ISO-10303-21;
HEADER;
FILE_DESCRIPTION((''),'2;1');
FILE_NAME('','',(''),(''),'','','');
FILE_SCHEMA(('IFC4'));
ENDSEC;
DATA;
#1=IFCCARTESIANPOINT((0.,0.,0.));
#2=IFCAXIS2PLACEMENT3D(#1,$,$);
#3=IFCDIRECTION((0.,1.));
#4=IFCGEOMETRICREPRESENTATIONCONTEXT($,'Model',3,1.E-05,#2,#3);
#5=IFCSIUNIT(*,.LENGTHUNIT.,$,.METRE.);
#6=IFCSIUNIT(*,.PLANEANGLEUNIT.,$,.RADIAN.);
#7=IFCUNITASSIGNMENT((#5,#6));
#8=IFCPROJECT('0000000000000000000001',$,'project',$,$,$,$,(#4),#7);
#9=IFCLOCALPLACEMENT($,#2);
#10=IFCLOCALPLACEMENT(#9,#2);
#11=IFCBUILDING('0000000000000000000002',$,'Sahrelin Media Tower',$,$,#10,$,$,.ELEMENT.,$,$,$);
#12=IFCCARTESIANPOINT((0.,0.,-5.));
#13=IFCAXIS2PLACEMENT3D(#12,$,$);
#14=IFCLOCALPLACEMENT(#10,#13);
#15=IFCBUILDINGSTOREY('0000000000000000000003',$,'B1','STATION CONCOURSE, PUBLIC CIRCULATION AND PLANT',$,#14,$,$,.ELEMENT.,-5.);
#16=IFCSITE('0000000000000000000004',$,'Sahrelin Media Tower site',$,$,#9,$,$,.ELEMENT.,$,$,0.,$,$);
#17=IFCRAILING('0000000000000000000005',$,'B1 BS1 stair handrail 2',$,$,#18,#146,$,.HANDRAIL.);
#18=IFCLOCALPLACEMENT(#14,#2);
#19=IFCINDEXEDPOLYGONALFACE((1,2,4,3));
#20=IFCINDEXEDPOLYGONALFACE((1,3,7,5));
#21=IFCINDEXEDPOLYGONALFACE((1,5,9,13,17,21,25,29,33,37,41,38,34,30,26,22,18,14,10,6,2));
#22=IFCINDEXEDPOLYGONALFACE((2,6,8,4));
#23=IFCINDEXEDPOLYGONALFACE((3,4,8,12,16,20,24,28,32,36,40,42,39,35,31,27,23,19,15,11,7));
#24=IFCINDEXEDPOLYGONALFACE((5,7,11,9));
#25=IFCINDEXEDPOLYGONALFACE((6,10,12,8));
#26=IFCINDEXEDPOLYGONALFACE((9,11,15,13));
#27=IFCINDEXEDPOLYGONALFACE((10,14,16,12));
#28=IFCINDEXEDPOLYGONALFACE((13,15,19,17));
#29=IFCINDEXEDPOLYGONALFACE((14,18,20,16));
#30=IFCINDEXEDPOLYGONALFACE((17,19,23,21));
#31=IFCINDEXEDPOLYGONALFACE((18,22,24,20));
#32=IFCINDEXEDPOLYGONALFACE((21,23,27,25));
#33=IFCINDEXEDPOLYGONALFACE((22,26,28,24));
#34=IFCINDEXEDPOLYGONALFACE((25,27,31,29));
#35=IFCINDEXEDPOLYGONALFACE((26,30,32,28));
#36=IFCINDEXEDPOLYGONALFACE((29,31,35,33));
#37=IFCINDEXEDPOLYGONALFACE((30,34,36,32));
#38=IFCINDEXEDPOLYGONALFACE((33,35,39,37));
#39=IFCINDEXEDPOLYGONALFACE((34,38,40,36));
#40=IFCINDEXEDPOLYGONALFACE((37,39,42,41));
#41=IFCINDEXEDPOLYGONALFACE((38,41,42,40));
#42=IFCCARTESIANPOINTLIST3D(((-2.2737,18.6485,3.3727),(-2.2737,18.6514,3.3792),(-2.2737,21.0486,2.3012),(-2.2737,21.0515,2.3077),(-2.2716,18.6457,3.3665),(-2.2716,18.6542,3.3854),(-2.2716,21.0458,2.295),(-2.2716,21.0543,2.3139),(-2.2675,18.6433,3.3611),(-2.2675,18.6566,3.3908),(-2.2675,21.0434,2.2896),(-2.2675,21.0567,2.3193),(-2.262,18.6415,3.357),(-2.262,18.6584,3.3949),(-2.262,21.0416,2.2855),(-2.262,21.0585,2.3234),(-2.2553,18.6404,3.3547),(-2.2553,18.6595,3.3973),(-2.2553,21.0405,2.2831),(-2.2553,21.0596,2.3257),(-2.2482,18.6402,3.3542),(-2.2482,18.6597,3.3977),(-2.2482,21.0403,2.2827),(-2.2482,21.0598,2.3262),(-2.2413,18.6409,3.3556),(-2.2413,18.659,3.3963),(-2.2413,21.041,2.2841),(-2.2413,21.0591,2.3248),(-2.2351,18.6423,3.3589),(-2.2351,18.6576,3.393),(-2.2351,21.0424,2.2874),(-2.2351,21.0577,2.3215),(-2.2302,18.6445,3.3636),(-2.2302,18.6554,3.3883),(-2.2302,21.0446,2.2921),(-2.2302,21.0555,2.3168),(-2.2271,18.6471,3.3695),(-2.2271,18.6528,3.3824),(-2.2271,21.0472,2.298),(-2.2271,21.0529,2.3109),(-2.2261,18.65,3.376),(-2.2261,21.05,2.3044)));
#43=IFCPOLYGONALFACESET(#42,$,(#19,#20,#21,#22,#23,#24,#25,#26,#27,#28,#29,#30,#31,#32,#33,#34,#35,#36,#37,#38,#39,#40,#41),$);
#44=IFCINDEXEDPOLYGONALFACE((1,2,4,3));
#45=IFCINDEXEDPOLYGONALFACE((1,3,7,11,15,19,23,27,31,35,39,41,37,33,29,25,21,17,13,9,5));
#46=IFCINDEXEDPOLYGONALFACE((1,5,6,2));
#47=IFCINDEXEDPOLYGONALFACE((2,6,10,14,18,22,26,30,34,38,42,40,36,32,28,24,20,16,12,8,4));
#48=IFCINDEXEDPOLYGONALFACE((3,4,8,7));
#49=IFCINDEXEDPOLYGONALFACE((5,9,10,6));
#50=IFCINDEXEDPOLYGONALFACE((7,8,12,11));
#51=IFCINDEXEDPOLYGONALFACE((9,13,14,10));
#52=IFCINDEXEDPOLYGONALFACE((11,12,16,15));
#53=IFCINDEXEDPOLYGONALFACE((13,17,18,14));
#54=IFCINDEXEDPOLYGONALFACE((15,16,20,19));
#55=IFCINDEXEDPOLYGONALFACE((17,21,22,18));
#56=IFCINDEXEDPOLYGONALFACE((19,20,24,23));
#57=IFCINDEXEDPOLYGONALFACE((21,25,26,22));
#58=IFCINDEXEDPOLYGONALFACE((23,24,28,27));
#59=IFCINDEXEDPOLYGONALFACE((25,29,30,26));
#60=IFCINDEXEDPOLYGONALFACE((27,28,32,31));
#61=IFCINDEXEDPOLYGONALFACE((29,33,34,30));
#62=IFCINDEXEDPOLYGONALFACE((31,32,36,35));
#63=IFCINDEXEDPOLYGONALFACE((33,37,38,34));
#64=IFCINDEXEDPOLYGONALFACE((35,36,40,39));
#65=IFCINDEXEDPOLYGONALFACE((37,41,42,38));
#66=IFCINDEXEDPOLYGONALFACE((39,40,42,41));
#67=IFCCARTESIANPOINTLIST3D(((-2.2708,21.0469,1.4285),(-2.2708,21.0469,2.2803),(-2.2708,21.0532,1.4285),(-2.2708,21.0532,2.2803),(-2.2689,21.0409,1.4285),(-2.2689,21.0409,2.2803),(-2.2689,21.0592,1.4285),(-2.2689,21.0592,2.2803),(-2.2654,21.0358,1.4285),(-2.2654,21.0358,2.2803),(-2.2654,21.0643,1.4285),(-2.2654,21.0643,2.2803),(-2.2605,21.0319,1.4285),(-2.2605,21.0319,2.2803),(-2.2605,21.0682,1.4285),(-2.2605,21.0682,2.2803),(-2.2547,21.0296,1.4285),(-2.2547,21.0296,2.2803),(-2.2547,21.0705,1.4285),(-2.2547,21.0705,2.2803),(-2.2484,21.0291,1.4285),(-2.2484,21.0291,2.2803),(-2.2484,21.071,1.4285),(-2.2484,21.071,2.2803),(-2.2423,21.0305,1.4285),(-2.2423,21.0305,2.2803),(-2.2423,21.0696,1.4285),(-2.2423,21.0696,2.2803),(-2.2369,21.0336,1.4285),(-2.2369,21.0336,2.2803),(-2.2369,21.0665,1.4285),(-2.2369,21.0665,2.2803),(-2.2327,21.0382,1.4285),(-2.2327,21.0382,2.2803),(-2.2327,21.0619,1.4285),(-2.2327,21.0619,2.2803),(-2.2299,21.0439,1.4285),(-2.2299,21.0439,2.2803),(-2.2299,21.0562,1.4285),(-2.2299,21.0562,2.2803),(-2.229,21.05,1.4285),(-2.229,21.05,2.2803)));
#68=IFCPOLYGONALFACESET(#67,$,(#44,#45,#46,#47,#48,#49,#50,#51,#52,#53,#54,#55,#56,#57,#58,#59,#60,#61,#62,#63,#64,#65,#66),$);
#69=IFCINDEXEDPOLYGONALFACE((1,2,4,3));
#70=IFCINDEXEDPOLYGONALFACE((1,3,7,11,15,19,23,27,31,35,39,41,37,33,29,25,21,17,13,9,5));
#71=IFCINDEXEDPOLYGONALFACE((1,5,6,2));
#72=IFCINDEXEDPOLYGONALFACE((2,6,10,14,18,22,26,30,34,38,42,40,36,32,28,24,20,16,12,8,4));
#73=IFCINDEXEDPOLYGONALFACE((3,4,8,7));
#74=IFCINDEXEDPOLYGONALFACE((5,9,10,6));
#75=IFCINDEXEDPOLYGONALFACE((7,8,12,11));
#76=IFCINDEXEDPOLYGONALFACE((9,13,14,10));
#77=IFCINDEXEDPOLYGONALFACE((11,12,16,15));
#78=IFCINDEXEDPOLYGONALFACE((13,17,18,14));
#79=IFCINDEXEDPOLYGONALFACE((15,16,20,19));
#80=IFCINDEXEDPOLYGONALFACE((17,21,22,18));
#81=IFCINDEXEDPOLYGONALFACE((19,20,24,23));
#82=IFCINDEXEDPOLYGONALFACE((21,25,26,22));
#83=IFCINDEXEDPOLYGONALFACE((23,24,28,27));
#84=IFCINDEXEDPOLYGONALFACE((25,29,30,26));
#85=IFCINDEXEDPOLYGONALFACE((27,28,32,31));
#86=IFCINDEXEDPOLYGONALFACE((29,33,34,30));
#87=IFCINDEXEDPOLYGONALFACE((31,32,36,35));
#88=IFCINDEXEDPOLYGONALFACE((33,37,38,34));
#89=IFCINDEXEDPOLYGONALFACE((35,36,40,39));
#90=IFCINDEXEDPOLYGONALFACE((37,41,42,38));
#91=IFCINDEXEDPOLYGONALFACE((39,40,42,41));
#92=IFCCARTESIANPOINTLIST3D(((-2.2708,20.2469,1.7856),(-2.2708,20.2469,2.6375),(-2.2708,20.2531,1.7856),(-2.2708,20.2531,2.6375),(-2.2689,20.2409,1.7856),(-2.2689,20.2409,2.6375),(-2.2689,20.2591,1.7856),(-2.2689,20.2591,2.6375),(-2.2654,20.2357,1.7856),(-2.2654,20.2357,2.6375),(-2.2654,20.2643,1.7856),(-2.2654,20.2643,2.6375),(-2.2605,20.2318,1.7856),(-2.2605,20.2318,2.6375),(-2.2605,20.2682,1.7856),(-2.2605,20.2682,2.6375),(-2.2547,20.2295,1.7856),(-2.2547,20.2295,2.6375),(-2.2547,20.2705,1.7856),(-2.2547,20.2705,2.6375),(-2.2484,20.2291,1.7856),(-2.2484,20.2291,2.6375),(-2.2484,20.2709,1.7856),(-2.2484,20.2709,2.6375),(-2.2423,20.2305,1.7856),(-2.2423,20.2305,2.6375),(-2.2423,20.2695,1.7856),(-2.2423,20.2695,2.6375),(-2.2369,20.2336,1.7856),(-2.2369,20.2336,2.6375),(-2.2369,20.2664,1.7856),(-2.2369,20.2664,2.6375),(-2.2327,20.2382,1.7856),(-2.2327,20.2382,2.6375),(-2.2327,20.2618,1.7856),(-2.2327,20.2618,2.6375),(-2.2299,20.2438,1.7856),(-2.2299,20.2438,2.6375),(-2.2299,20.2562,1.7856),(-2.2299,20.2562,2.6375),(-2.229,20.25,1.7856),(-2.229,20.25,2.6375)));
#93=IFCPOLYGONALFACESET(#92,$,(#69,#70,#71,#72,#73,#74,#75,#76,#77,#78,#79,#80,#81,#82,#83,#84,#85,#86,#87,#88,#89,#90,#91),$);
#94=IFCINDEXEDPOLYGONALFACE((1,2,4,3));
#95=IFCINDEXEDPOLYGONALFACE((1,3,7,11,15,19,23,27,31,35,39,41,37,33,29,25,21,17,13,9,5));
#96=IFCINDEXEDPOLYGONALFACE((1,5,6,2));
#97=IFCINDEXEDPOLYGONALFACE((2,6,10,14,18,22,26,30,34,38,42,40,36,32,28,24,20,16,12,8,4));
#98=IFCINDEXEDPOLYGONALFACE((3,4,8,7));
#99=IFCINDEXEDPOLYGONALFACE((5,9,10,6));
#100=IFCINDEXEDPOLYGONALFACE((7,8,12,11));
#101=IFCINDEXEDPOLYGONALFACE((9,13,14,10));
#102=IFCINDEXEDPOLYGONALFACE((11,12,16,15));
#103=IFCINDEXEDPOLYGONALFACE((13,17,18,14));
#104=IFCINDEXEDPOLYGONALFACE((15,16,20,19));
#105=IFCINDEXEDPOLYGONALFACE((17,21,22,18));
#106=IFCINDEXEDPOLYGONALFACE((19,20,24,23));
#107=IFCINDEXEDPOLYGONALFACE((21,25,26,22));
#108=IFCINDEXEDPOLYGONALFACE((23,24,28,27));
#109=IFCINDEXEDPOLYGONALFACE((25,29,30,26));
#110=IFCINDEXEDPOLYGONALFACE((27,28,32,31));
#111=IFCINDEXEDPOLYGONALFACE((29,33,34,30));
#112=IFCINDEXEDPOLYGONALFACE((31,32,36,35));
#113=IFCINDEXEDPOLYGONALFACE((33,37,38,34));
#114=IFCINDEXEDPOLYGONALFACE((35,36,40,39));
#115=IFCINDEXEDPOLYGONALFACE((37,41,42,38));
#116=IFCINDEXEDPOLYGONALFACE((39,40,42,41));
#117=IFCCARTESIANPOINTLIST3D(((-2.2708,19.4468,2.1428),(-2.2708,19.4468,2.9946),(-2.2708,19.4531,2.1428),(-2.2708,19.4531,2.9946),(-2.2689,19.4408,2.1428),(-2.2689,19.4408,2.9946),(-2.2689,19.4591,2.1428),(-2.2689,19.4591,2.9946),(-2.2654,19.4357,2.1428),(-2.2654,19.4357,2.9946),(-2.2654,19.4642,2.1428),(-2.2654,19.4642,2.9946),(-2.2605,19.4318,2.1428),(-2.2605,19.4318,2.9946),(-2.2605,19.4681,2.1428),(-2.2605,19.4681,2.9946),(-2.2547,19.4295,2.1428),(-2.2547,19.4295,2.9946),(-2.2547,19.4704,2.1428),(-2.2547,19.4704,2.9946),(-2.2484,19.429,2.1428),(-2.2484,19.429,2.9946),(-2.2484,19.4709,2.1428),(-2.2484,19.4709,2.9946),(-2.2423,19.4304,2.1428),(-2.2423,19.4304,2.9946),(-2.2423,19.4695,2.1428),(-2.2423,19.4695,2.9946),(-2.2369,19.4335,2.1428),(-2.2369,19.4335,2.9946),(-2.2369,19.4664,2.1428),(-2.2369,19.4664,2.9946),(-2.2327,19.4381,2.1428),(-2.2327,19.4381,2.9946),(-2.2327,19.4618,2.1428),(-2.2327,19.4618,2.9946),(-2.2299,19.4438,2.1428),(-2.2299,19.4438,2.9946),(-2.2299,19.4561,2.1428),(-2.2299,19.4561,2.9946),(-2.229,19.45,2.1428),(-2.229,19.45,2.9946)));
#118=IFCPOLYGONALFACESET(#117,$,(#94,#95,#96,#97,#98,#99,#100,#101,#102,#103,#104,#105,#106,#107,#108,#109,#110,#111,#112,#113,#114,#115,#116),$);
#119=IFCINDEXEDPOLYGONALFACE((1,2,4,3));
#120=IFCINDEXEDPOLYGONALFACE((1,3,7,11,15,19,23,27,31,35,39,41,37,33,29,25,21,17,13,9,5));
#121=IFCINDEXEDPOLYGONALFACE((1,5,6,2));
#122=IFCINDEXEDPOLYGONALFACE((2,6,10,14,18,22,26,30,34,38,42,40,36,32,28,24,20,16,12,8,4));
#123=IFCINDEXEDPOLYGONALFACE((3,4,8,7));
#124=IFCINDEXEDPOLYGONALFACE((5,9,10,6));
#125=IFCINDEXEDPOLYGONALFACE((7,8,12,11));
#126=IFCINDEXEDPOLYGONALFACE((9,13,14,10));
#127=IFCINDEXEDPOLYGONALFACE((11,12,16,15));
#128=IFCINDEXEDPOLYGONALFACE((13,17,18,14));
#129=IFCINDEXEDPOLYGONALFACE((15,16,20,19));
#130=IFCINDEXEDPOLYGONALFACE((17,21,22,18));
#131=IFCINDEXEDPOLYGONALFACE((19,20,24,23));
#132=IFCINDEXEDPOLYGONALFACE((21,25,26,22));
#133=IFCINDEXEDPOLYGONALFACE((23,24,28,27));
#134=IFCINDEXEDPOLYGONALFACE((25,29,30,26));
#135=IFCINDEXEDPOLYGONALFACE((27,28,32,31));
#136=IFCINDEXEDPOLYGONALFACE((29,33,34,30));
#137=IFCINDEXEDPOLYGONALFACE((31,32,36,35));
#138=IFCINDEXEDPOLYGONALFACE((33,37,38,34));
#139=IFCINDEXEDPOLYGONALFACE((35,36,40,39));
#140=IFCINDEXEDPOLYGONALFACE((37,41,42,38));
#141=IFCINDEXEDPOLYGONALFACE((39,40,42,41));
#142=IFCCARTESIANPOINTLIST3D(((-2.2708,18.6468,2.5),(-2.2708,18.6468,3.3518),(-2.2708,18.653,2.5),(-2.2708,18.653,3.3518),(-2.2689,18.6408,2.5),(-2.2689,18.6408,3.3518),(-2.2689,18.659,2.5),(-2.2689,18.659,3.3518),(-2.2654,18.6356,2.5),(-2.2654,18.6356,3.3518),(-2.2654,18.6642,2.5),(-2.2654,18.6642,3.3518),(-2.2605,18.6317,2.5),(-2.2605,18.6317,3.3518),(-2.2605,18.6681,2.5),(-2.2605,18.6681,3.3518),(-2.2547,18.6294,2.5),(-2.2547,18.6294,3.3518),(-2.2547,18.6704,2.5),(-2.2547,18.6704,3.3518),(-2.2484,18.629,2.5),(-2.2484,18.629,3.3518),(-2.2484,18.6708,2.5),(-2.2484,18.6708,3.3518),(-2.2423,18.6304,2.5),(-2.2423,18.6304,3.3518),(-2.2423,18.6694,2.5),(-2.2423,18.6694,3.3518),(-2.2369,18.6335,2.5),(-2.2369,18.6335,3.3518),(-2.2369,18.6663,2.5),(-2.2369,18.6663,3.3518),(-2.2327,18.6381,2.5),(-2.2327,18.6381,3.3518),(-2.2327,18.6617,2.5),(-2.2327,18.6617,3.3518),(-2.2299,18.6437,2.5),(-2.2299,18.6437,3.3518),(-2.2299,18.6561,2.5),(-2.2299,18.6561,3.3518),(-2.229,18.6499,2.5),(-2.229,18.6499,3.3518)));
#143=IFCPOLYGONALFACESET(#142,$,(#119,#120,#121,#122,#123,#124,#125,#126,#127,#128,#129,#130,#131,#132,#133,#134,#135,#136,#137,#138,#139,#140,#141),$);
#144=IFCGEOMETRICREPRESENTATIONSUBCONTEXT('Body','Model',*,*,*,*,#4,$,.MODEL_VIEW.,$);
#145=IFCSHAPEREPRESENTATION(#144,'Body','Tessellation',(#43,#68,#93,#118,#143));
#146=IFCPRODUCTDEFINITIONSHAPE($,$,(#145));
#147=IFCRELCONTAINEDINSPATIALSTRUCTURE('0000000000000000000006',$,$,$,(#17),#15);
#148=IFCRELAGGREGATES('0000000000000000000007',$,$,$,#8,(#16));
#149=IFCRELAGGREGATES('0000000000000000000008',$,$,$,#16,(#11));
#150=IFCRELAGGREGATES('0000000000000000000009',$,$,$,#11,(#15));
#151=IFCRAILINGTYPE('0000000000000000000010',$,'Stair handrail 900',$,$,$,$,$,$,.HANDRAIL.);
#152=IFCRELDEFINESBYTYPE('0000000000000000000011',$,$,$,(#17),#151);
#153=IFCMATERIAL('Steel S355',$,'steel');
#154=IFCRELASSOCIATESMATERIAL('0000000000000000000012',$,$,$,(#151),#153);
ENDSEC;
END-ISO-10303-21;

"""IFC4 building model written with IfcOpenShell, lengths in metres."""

from ifc_helpers import new_model, si_unit, direction, frame, origin, origin_2d, place, context, subcontext, project, spatial, circle, extrude, material, type_object, element, save


model = new_model("IFC4")

# Units and contexts
model_context = context("Model", 3, precision=1e-05, world=origin(), true_north=direction((0.0, 1.0)))
body_context = subcontext(model_context, "Body", "Model", "MODEL_VIEW")
ifc_project = project(units=[si_unit("LENGTHUNIT", "METRE"), si_unit("PLANEANGLEUNIT", "RADIAN")], contexts=[model_context])

# Site, building, storey
site_placement = place(None, origin())
site = spatial("IfcSite", under=ifc_project, at=site_placement, Name="Sahrelin Media Tower site", CompositionType="ELEMENT", RefElevation=0.0)
building_placement = place(site_placement, origin())
building = spatial("IfcBuilding", under=site, at=building_placement, Name="Sahrelin Media Tower", CompositionType="ELEMENT")
storey_placement = place(building_placement, frame((0.0, 0.0, -5.0)))
storey = spatial("IfcBuildingStorey", under=building, at=storey_placement, Name="B1", Description="STATION CONCOURSE, PUBLIC CIRCULATION AND PLANT", CompositionType="ELEMENT", Elevation=-5.0)

# Railing
ifc_material_1 = material(Name="Steel S355", Category="steel")
railing_type_1 = type_object("IfcRailingType", Name="Stair handrail 900", PredefinedType="HANDRAIL", material=ifc_material_1)
for number, where, name in (
    (1, (-2.25, 21.05, 1.4285), "B1 BS1 stair handrail 2"),
):
    element("IfcRailing", number, at=place(storey_placement, frame(where)), inside=storey, type_object=railing_type_1, Name=name, PredefinedType="HANDRAIL", context=body_context, shape_type="SweptSolid", body=[
        extrude(circle(Radius=0.0239, at=origin_2d()), frame((0.0, 0.0, 0.876), z_axis=(0.0, -0.913132, 0.407663), x_axis=(1.0, 0.0, 0.0)), (0.0, 0.0, 1.0), 2.6284),
        extrude(circle(Radius=0.021, at=origin_2d()), origin(), (0.0, 0.0, 1.0), 0.8518),
        extrude(circle(Radius=0.021, at=origin_2d()), frame((0.0, -0.8, 0.3572)), (0.0, 0.0, 1.0), 0.8518),
        extrude(circle(Radius=0.021, at=origin_2d()), frame((0.0, -1.6001, 0.7144)), (0.0, 0.0, 1.0), 0.8518),
        extrude(circle(Radius=0.021, at=origin_2d()), frame((0.0, -2.4001, 1.0715)), (0.0, 0.0, 1.0), 0.8518),
    ])

save(model, "model.ifc")
